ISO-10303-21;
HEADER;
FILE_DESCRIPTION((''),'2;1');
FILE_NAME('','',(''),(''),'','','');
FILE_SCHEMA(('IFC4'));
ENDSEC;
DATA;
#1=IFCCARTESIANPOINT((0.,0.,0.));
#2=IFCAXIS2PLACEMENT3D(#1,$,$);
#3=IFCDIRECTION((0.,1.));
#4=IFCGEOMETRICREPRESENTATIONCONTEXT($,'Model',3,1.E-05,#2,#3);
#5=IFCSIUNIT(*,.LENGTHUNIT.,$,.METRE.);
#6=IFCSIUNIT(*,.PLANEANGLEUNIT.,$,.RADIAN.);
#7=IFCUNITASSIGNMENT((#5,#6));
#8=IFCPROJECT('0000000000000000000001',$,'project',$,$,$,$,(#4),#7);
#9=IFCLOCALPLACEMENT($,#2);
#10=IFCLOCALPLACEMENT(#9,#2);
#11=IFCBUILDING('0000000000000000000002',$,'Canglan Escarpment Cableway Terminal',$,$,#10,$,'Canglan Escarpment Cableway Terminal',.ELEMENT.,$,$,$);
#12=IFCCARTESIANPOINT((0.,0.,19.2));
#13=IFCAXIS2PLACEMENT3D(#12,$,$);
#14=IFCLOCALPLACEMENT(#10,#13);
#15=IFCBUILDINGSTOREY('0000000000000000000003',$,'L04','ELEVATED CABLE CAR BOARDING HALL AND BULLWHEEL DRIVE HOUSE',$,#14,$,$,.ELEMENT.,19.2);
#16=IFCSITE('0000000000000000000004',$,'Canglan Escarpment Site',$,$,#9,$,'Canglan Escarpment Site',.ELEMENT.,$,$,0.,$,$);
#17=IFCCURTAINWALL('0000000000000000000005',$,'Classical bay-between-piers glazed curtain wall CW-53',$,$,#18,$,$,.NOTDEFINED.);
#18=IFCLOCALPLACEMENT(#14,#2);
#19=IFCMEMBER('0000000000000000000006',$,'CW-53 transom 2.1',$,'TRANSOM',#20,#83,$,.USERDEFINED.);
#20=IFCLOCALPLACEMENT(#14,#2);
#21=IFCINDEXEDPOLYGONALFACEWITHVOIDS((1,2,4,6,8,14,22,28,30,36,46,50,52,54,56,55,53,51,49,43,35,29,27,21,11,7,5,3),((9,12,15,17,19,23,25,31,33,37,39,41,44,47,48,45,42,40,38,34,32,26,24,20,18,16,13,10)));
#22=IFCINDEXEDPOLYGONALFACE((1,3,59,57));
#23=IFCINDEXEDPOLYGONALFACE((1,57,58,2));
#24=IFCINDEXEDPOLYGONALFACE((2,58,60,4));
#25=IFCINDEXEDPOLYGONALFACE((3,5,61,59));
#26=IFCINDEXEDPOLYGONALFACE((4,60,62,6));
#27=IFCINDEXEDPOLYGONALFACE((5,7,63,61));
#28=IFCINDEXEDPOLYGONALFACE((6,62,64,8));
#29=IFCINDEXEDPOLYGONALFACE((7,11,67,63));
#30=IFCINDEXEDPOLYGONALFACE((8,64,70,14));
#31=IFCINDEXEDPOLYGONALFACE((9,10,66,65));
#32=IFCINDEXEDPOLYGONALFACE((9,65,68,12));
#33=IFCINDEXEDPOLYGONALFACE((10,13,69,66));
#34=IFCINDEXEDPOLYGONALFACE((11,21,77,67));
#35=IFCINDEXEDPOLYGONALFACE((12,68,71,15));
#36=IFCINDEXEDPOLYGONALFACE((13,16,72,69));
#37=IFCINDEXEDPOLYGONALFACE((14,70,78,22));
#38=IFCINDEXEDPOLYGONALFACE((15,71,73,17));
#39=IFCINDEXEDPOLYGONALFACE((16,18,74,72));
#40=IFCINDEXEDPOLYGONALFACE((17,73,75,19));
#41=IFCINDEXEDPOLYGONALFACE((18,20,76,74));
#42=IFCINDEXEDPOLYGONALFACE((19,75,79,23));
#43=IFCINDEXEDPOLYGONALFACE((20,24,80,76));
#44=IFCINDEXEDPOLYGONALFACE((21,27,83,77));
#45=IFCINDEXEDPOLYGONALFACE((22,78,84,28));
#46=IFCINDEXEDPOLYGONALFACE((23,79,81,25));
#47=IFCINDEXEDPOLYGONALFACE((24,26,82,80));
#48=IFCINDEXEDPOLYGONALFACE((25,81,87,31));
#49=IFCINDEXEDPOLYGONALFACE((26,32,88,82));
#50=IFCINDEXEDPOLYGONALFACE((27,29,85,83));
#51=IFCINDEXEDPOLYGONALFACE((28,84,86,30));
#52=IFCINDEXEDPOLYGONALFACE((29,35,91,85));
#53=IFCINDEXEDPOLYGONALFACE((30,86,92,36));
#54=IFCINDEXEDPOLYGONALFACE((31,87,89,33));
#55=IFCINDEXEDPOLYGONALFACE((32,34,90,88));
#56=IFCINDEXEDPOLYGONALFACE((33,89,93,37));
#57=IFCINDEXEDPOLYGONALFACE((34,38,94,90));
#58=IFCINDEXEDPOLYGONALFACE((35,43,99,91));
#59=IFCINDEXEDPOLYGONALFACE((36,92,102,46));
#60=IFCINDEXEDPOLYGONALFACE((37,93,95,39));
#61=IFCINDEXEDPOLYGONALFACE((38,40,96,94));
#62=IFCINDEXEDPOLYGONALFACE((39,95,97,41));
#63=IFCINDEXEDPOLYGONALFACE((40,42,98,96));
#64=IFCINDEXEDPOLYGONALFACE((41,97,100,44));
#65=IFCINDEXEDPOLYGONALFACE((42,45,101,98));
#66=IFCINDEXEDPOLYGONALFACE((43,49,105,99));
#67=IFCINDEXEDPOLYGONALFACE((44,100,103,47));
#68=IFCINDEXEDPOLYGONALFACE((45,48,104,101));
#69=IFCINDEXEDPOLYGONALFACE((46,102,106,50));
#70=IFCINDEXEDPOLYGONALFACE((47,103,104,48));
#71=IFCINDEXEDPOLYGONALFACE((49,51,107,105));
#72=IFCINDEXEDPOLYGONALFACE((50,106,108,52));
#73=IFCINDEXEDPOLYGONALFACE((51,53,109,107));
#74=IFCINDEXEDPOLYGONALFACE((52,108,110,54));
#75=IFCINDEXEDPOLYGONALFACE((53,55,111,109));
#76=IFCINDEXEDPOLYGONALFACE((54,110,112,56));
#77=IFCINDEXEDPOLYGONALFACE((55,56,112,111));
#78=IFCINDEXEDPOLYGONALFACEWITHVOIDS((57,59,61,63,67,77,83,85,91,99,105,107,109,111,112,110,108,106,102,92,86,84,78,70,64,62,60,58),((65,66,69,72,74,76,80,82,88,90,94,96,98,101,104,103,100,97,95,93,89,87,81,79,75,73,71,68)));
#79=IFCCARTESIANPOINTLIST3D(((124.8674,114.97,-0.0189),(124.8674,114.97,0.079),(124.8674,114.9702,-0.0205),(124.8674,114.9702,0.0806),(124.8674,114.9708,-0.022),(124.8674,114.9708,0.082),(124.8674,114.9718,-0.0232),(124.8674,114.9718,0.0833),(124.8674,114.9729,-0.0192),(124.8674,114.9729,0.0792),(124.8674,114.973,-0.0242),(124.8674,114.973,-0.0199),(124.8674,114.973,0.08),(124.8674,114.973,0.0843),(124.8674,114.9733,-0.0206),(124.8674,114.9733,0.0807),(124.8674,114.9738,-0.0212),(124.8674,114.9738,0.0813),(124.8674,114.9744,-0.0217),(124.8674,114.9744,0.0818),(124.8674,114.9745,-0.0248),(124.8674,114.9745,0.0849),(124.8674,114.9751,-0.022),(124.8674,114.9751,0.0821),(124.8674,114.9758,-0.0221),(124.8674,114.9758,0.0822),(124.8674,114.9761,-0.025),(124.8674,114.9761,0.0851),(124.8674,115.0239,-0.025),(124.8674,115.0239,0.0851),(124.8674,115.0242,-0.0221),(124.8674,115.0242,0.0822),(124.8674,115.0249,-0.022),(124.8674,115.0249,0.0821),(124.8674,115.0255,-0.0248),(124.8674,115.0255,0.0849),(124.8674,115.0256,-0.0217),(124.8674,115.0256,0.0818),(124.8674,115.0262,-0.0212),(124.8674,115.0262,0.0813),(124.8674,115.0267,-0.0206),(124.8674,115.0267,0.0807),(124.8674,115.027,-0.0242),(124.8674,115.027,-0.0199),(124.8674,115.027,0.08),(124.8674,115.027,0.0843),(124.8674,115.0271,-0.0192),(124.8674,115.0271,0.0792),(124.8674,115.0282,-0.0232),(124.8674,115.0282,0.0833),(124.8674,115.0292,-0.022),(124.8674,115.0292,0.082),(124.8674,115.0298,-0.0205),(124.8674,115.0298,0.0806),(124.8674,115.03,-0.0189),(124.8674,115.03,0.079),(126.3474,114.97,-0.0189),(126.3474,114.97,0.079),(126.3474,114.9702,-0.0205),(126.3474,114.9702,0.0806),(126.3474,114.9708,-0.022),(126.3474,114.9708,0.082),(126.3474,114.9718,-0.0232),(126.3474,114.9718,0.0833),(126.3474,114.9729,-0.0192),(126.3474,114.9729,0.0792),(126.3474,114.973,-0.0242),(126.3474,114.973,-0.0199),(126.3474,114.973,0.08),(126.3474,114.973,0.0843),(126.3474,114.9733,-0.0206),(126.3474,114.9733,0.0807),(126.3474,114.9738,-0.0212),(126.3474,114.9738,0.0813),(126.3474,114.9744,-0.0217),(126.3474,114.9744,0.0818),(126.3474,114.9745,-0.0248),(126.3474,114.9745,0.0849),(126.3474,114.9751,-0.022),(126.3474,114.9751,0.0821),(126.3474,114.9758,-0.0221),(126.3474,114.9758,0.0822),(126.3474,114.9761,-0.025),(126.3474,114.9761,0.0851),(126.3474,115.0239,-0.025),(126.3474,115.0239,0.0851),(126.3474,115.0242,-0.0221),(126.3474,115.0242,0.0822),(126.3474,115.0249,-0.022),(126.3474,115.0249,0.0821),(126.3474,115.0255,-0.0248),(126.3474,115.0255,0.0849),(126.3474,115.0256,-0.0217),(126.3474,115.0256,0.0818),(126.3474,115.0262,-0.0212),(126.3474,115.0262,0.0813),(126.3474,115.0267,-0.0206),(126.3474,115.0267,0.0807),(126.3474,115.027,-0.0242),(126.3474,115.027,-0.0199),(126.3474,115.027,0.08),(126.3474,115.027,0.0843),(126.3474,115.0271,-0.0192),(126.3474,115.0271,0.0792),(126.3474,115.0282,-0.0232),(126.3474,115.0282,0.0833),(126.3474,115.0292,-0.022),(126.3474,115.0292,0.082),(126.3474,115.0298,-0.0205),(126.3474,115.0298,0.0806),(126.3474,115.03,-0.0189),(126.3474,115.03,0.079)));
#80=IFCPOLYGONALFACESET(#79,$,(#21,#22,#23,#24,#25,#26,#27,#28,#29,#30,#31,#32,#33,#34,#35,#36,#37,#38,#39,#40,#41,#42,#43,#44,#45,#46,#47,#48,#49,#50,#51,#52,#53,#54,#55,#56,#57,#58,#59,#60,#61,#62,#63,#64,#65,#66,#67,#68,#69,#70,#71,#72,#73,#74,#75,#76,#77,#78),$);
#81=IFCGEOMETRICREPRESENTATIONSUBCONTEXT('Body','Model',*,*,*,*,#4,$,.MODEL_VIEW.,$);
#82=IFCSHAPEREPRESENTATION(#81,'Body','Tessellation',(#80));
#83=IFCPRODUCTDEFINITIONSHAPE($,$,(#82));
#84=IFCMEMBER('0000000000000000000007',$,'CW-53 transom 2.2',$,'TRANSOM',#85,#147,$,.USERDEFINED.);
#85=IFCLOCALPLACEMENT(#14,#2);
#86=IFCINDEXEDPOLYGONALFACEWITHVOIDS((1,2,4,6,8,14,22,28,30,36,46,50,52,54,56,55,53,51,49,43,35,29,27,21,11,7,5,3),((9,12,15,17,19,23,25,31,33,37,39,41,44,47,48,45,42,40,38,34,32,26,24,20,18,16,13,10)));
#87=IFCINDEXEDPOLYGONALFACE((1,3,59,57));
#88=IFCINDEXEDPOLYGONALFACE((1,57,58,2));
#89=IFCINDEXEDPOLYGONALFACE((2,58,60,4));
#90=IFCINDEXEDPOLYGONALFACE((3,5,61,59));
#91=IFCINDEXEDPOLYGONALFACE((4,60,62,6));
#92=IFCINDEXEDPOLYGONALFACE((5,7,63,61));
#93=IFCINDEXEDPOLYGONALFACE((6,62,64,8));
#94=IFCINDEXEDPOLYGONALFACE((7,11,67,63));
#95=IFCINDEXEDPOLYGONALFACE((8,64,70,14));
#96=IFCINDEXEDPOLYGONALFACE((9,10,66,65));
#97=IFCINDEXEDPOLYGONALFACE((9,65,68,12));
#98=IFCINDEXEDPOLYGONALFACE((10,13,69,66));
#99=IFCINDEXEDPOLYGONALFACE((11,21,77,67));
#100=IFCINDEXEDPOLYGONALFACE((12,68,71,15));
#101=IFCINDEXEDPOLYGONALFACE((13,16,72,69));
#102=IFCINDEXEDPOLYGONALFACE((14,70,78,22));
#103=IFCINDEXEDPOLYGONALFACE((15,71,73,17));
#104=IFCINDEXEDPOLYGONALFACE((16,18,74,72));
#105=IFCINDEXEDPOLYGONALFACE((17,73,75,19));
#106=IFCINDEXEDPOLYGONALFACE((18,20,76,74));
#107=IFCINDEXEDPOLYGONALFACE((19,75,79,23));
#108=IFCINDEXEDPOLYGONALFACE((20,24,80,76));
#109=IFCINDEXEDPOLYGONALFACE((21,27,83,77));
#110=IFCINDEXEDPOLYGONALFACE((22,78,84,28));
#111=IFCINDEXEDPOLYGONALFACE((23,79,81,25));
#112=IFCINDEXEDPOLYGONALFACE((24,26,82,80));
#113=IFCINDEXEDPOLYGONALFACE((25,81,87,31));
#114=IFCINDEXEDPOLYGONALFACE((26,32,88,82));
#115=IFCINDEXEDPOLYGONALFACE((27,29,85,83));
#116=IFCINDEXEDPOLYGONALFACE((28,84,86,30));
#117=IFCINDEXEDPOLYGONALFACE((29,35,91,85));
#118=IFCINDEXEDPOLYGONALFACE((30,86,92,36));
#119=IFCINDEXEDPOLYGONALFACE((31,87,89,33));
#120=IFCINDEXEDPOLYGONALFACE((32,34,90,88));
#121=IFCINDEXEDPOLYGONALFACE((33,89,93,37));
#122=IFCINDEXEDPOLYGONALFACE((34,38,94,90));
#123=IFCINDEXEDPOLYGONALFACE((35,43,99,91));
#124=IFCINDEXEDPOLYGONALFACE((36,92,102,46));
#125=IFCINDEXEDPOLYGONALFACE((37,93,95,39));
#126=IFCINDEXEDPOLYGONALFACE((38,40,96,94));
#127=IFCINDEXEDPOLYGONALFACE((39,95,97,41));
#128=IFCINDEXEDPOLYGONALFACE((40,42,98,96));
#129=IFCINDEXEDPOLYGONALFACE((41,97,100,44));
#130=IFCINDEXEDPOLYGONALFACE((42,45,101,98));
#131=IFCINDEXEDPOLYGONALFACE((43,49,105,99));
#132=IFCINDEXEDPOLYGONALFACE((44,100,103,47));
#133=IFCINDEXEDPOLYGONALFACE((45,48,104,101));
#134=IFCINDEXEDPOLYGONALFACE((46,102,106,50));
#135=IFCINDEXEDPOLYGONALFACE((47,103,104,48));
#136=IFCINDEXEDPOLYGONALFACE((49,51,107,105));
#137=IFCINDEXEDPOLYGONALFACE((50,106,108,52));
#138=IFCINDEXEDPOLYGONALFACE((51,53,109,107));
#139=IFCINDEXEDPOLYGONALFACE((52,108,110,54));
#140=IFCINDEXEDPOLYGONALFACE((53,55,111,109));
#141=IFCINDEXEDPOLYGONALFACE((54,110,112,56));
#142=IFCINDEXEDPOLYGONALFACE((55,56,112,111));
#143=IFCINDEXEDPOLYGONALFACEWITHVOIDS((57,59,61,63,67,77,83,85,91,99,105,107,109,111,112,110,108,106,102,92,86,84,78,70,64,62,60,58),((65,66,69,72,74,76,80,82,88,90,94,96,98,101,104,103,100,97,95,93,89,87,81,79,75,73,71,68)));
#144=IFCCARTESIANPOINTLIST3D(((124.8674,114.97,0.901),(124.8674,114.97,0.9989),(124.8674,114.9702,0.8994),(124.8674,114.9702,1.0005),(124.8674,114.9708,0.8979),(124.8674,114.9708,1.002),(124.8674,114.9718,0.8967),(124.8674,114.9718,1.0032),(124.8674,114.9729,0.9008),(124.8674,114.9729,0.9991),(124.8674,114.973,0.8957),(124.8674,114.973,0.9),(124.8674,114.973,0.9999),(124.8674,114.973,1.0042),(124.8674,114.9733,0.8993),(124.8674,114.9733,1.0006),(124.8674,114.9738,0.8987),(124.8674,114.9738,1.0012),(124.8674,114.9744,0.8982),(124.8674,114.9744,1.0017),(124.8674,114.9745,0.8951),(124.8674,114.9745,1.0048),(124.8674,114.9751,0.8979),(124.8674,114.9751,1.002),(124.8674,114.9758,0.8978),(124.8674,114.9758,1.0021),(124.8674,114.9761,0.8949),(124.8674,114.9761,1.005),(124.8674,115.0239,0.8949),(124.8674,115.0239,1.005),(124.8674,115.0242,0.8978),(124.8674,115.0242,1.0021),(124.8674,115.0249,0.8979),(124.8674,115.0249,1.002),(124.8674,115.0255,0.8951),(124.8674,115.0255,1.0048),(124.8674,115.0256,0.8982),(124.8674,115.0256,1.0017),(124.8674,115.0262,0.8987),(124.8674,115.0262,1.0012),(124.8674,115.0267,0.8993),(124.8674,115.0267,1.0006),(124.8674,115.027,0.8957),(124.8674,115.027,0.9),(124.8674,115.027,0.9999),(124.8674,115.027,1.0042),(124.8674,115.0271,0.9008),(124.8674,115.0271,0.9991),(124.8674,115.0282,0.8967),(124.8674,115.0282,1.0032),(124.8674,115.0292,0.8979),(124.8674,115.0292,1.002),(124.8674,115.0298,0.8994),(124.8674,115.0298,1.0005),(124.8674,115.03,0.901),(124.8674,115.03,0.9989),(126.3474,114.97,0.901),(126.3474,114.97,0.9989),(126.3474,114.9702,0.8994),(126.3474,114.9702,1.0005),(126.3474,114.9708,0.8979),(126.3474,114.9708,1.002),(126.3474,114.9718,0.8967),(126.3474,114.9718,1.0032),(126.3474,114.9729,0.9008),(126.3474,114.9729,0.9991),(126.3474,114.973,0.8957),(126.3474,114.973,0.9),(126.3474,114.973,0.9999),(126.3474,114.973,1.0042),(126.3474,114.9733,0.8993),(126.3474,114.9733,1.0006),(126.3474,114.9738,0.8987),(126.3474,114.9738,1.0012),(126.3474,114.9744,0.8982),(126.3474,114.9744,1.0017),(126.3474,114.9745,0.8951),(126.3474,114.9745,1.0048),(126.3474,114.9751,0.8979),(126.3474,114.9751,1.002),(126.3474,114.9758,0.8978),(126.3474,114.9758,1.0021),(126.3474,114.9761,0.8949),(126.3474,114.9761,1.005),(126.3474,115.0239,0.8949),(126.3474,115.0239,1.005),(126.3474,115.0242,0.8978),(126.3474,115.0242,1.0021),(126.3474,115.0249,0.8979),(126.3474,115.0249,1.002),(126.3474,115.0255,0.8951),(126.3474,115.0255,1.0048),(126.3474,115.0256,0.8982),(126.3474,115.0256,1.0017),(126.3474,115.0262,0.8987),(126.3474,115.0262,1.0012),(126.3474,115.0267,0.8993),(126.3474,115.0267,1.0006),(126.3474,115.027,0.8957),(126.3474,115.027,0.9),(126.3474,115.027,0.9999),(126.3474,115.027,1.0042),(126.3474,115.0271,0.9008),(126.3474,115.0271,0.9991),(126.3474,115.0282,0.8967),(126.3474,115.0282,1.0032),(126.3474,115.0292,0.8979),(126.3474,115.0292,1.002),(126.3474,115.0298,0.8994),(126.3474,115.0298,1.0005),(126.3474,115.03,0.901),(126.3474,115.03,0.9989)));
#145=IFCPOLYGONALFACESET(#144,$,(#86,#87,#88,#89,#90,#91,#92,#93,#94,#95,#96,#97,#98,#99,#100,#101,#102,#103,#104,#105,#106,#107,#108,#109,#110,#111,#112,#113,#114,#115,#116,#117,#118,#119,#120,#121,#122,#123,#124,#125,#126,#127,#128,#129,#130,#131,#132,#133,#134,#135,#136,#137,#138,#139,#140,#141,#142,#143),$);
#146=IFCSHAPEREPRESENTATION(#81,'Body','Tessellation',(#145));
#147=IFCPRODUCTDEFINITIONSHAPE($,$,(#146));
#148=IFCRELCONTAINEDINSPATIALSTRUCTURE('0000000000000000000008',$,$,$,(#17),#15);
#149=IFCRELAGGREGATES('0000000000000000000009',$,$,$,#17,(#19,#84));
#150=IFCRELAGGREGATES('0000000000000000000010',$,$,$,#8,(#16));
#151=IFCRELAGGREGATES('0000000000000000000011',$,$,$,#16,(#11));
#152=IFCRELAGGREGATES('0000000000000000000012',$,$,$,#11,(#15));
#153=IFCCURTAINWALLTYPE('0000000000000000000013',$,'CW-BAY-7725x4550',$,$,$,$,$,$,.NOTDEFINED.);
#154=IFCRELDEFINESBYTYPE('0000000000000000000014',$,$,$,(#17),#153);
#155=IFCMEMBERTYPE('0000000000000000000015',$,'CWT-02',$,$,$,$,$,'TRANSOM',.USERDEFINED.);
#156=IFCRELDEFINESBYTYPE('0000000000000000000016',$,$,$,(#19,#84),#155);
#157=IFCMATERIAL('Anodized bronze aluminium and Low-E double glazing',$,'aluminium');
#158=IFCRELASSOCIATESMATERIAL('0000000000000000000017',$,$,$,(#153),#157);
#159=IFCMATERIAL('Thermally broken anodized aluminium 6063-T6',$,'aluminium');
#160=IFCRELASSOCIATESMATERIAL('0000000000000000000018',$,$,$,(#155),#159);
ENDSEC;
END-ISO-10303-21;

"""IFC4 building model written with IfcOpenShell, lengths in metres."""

from ifc_helpers import new_model, si_unit, direction, frame, origin, origin_2d, place, context, subcontext, project, spatial, hollow_rectangle, extrude, material, material_profile, profile_set, type_object, element, aggregate, save


model = new_model("IFC4")

# Units and contexts
model_context = context("Model", 3, precision=1e-05, world=origin(), true_north=direction((0.0, 1.0)))
body_context = subcontext(model_context, "Body", "Model", "MODEL_VIEW")
ifc_project = project(units=[si_unit("LENGTHUNIT", "METRE"), si_unit("PLANEANGLEUNIT", "RADIAN")], contexts=[model_context])

# Site, building, storey
site_placement = place(None, origin())
site = spatial("IfcSite", under=ifc_project, at=site_placement, Name="Canglan Escarpment Site", LongName="Canglan Escarpment Site", CompositionType="ELEMENT", RefElevation=0.0)
building_placement = place(site_placement, origin())
building = spatial("IfcBuilding", under=site, at=building_placement, Name="Canglan Escarpment Cableway Terminal", LongName="Canglan Escarpment Cableway Terminal", CompositionType="ELEMENT")
storey_placement = place(building_placement, frame((0.0, 0.0, 19.2)))
storey = spatial("IfcBuildingStorey", under=building, at=storey_placement, Name="L04", Description="ELEVATED CABLE CAR BOARDING HALL AND BULLWHEEL DRIVE HOUSE", CompositionType="ELEMENT", Elevation=19.2)

# Curtain wall
ifc_material_1 = material(Name="Anodized bronze aluminium and Low-E double glazing", Category="aluminium")
curtain_wall_type_1 = type_object("IfcCurtainWallType", Name="CW-BAY-7725x4550", PredefinedType="NOTDEFINED", material=ifc_material_1)
curtain_wall_1_placement = place(storey_placement, origin())
curtain_wall_1 = element("IfcCurtainWall", 1, at=curtain_wall_1_placement, inside=storey, type_object=curtain_wall_type_1, Name="Classical bay-between-piers glazed curtain wall CW-53", PredefinedType="NOTDEFINED")
ifc_material_2 = material(Name="Thermally broken anodized aluminium 6063-T6", Category="aluminium")

# Members
ifc_material_profile_1 = material_profile(ifc_material_2, hollow_rectangle(XDim=0.0601, YDim=0.1101, WallThickness=0.0029, InnerFilletRadius=0.0029, OuterFilletRadius=0.0061, at=origin_2d()), Name="ALU-TRAN 60x110x3")
ifc_profile_set_1 = profile_set([ifc_material_profile_1], Name="Thermally broken anodized aluminium 6063-T6")
member_type_1 = type_object("IfcMemberType", Name="CWT-02", ElementType="TRANSOM", PredefinedType="USERDEFINED", material=ifc_profile_set_1)
member_1_placement = place(storey_placement, frame((126.3474, 115.0, 0.03), z_axis=(-1.0, 0.0, 0.0), x_axis=(0.0, -1.0, 0.0)))
member_1 = element("IfcMember", 2, at=member_1_placement, type_object=member_type_1, Name="CW-53 transom 2.1", ObjectType="TRANSOM", PredefinedType="USERDEFINED", context=body_context, shape_type="SweptSolid", body=[
    extrude(hollow_rectangle(XDim=0.0601, YDim=0.1101, WallThickness=0.0029, InnerFilletRadius=0.0029, OuterFilletRadius=0.0061, at=origin_2d()), origin(), (0.0, 0.0, 1.0), 1.48),
])
member_2_placement = place(storey_placement, frame((126.3474, 115.0, 0.95), z_axis=(-1.0, 0.0, 0.0), x_axis=(0.0, -1.0, 0.0)))
member_2 = element("IfcMember", 3, at=member_2_placement, type_object=member_type_1, Name="CW-53 transom 2.2", ObjectType="TRANSOM", PredefinedType="USERDEFINED", context=body_context, shape_type="SweptSolid", body=[
    extrude(hollow_rectangle(XDim=0.0601, YDim=0.1101, WallThickness=0.0029, InnerFilletRadius=0.0029, OuterFilletRadius=0.0061, at=origin_2d()), origin(), (0.0, 0.0, 1.0), 1.48),
])

aggregate(curtain_wall_1, [member_1, member_2])

save(model, "model.ifc")
